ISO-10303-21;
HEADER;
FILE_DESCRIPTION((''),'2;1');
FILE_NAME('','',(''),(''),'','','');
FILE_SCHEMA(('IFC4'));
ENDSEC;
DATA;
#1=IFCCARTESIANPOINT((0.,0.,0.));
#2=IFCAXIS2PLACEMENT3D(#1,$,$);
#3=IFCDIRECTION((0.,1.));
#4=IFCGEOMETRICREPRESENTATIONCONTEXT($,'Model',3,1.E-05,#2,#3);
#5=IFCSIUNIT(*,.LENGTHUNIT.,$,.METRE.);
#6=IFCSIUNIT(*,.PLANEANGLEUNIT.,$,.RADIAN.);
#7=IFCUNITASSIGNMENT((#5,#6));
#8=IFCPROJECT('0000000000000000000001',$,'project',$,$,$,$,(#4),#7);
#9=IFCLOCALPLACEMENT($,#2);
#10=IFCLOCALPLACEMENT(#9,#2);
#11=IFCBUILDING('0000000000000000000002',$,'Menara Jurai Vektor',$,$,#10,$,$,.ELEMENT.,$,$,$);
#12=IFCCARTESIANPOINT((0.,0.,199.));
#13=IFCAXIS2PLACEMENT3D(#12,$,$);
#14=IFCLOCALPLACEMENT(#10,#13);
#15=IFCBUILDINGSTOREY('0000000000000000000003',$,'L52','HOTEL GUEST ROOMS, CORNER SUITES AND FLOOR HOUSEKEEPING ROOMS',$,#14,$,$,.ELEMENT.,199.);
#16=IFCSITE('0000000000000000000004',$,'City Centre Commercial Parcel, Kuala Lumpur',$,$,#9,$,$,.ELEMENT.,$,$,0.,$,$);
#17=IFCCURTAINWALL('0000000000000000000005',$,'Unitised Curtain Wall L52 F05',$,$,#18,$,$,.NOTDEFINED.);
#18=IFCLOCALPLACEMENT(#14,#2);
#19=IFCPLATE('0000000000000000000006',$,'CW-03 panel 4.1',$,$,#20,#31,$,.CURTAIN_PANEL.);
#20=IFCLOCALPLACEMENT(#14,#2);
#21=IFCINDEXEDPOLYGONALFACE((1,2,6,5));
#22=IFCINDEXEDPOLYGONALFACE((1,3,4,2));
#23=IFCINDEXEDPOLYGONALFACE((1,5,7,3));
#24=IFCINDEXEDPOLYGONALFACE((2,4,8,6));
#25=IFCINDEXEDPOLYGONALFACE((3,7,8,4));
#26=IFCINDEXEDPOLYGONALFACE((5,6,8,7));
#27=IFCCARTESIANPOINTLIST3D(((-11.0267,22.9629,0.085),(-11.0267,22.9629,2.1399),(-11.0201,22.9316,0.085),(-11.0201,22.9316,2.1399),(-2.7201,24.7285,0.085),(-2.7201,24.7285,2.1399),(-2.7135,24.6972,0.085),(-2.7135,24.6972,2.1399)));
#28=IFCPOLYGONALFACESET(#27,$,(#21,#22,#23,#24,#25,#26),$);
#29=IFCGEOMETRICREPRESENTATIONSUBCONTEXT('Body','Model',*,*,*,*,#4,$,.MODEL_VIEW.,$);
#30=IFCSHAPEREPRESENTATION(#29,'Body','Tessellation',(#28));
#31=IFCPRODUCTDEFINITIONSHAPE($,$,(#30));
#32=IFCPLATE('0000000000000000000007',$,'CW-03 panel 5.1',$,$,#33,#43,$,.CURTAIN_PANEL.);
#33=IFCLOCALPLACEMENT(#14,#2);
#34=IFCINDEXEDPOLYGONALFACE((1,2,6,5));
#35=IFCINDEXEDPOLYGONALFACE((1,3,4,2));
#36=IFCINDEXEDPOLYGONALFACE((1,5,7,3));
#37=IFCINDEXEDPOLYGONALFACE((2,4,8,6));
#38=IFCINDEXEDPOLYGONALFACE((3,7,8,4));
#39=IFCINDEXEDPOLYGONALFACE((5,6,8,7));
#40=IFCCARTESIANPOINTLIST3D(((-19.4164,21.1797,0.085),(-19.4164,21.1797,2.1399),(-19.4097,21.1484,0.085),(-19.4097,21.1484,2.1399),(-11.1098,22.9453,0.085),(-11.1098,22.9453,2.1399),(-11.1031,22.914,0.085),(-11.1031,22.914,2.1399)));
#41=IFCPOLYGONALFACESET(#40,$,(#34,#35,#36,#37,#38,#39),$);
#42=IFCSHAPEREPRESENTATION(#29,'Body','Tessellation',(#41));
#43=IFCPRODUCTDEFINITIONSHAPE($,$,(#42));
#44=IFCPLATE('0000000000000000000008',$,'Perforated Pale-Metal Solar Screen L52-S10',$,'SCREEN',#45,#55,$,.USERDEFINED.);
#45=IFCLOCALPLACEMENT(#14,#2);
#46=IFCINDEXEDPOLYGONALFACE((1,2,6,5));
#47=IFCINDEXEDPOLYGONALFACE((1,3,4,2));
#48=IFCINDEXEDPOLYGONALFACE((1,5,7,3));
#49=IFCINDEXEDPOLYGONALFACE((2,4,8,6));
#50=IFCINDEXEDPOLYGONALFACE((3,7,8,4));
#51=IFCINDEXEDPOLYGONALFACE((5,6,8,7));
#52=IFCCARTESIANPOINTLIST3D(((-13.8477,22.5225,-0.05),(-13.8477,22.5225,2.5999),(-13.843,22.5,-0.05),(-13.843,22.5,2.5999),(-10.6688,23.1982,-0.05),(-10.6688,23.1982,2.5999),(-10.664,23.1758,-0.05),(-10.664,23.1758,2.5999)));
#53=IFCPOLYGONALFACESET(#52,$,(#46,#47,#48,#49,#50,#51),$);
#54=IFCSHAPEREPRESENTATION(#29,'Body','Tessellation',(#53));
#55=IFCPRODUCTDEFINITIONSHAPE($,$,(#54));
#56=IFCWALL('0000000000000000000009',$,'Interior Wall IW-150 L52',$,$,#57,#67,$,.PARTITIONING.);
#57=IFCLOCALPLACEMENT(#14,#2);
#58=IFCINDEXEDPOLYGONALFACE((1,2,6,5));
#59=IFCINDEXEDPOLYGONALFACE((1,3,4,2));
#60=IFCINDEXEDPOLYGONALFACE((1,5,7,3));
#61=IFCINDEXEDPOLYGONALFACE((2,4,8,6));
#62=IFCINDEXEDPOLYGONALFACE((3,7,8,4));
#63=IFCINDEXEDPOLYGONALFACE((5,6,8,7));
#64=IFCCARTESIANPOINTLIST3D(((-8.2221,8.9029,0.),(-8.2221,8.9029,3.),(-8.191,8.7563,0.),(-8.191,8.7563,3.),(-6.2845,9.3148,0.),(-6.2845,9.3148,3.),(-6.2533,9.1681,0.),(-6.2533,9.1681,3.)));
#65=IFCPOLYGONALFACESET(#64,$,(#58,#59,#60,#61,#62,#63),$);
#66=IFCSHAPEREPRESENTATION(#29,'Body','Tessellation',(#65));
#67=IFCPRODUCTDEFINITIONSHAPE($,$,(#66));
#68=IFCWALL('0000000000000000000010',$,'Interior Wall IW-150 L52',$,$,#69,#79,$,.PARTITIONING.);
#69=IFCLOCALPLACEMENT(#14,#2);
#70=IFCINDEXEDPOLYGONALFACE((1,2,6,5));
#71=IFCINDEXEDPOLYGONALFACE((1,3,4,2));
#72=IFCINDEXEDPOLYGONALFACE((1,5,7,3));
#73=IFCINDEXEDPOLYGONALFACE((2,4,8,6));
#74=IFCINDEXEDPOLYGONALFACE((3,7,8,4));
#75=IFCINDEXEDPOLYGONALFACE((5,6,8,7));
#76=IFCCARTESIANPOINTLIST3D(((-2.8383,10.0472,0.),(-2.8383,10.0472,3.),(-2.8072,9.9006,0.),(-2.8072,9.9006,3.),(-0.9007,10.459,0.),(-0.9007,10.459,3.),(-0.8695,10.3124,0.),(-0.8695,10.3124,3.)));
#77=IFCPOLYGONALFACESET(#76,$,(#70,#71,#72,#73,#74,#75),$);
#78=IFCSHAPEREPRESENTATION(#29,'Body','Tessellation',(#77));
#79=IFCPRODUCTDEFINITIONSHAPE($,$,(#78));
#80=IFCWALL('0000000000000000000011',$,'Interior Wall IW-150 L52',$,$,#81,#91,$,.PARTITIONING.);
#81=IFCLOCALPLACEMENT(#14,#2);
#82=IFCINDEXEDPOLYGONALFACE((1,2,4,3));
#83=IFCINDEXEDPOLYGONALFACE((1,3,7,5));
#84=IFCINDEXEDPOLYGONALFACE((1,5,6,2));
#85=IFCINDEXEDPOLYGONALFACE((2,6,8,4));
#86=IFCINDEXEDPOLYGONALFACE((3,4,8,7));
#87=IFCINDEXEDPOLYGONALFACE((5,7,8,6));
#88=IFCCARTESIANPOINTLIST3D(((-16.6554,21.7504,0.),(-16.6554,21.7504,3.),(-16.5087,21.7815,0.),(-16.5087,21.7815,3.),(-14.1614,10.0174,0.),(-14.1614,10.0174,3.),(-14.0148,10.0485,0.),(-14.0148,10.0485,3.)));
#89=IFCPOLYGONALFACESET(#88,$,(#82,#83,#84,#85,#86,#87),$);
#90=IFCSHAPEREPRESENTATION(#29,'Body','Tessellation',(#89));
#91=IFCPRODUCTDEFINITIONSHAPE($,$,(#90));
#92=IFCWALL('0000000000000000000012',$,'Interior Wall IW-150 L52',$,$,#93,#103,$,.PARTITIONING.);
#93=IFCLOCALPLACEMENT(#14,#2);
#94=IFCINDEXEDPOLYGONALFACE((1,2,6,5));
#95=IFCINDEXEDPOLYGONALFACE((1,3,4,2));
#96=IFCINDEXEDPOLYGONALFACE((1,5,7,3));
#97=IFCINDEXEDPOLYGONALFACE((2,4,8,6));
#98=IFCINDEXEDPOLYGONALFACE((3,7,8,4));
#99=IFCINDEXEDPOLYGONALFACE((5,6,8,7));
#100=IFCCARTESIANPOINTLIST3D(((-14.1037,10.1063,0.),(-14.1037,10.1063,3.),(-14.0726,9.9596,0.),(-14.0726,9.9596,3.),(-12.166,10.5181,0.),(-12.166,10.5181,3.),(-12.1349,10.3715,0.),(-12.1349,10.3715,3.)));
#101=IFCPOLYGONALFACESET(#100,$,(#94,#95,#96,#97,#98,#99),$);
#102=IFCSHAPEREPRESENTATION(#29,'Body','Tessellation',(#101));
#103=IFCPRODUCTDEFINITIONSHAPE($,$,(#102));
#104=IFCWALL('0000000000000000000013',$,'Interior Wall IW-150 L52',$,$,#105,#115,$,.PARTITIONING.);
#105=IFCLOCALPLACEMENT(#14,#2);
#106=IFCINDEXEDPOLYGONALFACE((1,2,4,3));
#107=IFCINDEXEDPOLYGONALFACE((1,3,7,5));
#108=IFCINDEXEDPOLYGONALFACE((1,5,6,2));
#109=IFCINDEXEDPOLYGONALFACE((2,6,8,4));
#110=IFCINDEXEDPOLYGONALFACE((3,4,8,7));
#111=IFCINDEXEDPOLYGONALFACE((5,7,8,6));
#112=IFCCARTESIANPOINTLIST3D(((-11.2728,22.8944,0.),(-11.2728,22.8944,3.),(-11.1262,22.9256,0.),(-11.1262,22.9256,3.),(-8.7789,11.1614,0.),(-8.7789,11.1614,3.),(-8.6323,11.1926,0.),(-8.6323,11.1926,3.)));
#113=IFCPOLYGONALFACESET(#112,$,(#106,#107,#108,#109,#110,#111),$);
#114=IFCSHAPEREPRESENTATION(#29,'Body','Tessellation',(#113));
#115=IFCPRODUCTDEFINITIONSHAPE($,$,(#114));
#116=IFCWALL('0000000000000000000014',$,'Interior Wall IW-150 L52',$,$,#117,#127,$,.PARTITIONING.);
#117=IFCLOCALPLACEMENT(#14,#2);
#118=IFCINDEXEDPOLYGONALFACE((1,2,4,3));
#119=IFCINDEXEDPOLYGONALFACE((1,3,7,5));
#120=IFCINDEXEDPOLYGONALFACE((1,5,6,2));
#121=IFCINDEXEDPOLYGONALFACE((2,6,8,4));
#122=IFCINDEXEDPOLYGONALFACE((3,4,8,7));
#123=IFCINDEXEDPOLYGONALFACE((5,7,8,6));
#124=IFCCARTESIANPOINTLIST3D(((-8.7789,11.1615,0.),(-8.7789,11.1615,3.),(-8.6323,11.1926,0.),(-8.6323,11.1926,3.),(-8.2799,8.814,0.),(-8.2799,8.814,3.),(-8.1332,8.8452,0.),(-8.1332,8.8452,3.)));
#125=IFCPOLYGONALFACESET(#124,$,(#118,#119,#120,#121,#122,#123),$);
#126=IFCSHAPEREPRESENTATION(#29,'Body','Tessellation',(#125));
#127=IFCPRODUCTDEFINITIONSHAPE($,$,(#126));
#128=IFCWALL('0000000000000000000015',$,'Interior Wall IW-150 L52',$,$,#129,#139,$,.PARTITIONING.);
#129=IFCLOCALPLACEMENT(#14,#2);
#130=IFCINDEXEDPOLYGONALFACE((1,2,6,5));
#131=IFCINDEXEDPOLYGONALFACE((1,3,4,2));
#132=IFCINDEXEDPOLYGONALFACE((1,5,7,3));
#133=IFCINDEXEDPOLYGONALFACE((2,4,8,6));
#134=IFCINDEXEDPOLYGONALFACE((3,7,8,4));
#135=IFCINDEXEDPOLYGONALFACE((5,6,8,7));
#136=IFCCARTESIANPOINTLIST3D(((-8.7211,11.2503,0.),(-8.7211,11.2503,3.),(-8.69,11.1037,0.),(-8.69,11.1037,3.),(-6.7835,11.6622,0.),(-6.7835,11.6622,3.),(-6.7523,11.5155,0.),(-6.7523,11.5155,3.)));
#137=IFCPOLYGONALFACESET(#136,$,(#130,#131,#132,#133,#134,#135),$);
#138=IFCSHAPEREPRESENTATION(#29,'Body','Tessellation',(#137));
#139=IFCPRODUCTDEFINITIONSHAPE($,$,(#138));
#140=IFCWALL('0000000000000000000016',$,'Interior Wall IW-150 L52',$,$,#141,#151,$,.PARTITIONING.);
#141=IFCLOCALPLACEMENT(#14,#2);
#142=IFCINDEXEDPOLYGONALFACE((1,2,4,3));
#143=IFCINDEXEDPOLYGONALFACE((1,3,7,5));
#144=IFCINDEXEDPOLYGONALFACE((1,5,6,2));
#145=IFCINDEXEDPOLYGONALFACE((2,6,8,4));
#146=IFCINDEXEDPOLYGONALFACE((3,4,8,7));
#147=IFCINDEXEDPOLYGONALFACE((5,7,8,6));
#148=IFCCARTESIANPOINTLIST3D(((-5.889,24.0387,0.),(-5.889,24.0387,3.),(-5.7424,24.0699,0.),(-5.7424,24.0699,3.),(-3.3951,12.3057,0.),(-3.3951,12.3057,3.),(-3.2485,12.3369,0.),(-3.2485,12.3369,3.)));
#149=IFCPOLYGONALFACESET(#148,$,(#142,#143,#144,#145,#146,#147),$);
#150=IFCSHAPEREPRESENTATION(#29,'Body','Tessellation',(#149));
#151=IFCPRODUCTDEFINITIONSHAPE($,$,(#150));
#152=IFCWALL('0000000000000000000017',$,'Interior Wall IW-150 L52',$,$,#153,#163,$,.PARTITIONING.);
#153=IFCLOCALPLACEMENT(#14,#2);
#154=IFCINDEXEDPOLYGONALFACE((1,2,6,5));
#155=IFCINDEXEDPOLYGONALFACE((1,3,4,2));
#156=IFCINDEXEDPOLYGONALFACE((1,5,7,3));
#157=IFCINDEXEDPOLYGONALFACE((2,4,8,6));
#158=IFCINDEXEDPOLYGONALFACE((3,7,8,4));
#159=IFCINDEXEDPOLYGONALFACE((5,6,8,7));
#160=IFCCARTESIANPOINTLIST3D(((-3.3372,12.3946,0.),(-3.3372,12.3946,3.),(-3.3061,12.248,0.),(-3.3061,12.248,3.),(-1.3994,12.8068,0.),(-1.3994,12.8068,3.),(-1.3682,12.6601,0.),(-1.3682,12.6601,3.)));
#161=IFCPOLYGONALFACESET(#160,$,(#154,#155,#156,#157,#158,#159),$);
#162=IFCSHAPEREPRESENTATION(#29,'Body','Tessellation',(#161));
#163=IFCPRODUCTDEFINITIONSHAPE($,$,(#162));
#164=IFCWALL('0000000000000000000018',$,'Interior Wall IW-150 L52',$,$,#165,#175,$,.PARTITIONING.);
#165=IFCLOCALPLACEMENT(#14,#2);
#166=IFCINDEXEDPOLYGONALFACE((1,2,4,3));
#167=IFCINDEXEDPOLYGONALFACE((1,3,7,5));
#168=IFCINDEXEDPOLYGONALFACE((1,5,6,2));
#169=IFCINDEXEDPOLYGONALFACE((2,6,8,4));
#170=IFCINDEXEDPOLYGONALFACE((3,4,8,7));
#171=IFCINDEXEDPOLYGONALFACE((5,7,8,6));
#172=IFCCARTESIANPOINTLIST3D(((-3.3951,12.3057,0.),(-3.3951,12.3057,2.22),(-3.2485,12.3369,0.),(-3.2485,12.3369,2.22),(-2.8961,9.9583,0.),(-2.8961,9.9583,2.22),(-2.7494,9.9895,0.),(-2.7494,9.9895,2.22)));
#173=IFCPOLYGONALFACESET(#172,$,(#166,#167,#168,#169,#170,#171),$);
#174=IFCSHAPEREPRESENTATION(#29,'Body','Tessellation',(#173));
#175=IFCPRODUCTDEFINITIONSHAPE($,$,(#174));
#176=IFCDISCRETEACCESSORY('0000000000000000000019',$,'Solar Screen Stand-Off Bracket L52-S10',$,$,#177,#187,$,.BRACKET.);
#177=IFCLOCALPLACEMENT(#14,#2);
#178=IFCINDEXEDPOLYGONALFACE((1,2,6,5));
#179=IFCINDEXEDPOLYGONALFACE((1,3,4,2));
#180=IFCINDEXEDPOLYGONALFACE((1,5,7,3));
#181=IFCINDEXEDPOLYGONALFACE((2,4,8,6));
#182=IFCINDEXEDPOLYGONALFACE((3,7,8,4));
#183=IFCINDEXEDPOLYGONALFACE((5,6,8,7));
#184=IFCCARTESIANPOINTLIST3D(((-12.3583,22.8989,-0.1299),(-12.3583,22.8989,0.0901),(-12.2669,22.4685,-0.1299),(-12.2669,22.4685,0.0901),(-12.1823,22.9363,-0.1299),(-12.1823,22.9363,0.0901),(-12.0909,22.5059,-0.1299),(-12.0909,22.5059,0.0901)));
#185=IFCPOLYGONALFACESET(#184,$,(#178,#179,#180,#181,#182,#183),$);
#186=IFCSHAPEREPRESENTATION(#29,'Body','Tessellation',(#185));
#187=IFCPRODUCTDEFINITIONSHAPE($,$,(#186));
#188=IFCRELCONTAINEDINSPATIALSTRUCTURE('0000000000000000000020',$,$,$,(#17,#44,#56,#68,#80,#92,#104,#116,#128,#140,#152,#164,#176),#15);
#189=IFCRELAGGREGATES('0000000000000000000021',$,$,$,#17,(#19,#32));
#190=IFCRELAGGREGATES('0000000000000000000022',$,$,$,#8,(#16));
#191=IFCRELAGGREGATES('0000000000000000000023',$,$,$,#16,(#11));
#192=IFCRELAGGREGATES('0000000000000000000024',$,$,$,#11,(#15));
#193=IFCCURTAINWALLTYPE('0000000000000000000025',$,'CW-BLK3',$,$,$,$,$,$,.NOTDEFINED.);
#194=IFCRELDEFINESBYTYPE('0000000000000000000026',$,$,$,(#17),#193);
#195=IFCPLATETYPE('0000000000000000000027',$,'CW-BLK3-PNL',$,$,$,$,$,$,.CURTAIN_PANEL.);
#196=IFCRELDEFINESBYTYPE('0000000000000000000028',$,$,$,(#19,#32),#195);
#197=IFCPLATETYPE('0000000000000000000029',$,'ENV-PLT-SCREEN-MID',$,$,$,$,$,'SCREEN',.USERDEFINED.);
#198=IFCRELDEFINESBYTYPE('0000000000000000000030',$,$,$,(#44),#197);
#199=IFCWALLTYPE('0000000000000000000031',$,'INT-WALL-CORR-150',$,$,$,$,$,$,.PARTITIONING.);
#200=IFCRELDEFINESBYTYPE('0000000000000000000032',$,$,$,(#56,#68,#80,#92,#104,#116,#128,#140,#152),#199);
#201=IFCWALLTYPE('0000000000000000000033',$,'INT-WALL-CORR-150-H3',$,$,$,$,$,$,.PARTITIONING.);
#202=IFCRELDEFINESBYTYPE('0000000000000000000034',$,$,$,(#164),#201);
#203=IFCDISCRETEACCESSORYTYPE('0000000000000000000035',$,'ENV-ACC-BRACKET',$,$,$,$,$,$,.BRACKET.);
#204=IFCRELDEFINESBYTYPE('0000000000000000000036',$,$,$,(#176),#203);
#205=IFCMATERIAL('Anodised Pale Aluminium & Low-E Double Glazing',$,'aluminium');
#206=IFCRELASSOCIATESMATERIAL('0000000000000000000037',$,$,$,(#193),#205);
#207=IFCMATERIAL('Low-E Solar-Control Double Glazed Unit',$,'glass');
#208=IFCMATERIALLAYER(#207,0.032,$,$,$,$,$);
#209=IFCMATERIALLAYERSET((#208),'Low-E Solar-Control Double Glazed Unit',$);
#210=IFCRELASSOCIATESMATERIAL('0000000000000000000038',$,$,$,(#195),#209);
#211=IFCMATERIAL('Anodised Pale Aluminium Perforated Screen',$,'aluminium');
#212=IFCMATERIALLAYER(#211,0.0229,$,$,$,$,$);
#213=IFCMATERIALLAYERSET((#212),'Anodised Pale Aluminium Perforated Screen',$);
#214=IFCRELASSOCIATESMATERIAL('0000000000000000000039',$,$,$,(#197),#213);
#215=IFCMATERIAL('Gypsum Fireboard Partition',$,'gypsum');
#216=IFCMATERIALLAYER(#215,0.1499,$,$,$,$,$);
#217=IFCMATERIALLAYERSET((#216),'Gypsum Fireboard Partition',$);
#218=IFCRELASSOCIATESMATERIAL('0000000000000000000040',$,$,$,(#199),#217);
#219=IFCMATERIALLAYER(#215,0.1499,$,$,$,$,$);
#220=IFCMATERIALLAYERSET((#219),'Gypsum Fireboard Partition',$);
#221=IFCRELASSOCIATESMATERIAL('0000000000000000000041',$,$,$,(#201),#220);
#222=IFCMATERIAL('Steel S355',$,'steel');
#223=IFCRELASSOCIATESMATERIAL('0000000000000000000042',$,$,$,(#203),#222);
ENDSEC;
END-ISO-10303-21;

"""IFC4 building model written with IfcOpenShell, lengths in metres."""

from ifc_helpers import new_model, si_unit, direction, frame, frame_2d, origin, origin_2d, place, context, subcontext, project, spatial, rectangle, extrude, material, layer, layer_set, type_object, element, aggregate, save


model = new_model("IFC4")

# Units and contexts
model_context = context("Model", 3, precision=1e-05, world=origin(), true_north=direction((0.0, 1.0)))
body_context = subcontext(model_context, "Body", "Model", "MODEL_VIEW")
ifc_project = project(units=[si_unit("LENGTHUNIT", "METRE"), si_unit("PLANEANGLEUNIT", "RADIAN")], contexts=[model_context])

# Site, building, storey
site_placement = place(None, origin())
site = spatial("IfcSite", under=ifc_project, at=site_placement, Name="City Centre Commercial Parcel, Kuala Lumpur", CompositionType="ELEMENT", RefElevation=0.0)
building_placement = place(site_placement, origin())
building = spatial("IfcBuilding", under=site, at=building_placement, Name="Menara Jurai Vektor", CompositionType="ELEMENT")
storey_placement = place(building_placement, frame((0.0, 0.0, 199.0)))
storey = spatial("IfcBuildingStorey", under=building, at=storey_placement, Name="L52", Description="HOTEL GUEST ROOMS, CORNER SUITES AND FLOOR HOUSEKEEPING ROOMS", CompositionType="ELEMENT", Elevation=199.0)

# Curtain wall
ifc_material_1 = material(Name="Anodised Pale Aluminium & Low-E Double Glazing", Category="aluminium")
curtain_wall_type = type_object("IfcCurtainWallType", Name="CW-BLK3", PredefinedType="NOTDEFINED", material=ifc_material_1)
curtain_wall_placement = place(storey_placement, origin())
curtain_wall = element("IfcCurtainWall", 1, at=curtain_wall_placement, inside=storey, type_object=curtain_wall_type, Name="Unitised Curtain Wall L52 F05", PredefinedType="NOTDEFINED")

# Shared definitions
ifc_material_2 = material(Name="Steel S355", Category="steel")

# Plates
ifc_material_3 = material(Name="Low-E Solar-Control Double Glazed Unit", Category="glass")
ifc_layer_1 = layer(ifc_material_3, 0.032)
ifc_layer_set_1 = layer_set([ifc_layer_1], Name="Low-E Solar-Control Double Glazed Unit")
plate_type_1 = type_object("IfcPlateType", Name="CW-BLK3-PNL", PredefinedType="CURTAIN_PANEL", material=ifc_layer_set_1)
plate_1_placement = place(storey_placement, frame((-6.8701, 23.8301, 0.085), z_axis=(0.0, 0.0, 1.0), x_axis=(-0.978148, -0.207911, 0.0)))
plate_1 = element("IfcPlate", 2, at=plate_1_placement, type_object=plate_type_1, Name="CW-03 panel 4.1", PredefinedType="CURTAIN_PANEL", context=body_context, shape_type="SweptSolid", body=[
    extrude(rectangle(XDim=8.4922, YDim=0.032, at=origin_2d()), origin(), (0.0, 0.0, 1.0), 2.0549),
])
plate_2_placement = place(storey_placement, frame((-15.2598, 22.0469, 0.085), z_axis=(0.0, 0.0, 1.0), x_axis=(-0.978148, -0.207911, 0.0)))
plate_2 = element("IfcPlate", 3, at=plate_2_placement, type_object=plate_type_1, Name="CW-03 panel 5.1", PredefinedType="CURTAIN_PANEL", context=body_context, shape_type="SweptSolid", body=[
    extrude(rectangle(XDim=8.4922, YDim=0.032, at=origin_2d()), origin(), (0.0, 0.0, 1.0), 2.0549),
])
aggregate(curtain_wall, [plate_1, plate_2])
ifc_material_4 = material(Name="Anodised Pale Aluminium Perforated Screen", Category="aluminium")
ifc_layer_2 = layer(ifc_material_4, 0.0229)
ifc_layer_set_2 = layer_set([ifc_layer_2], Name="Anodised Pale Aluminium Perforated Screen")
plate_type_2 = type_object("IfcPlateType", Name="ENV-PLT-SCREEN-MID", ElementType="SCREEN", PredefinedType="USERDEFINED", material=ifc_layer_set_2)
plate_3_placement = place(storey_placement, frame((-12.2559, 22.8491, -0.05), z_axis=(0.0, 0.0, 1.0), x_axis=(-0.978148, -0.207912, 0.0)))
element("IfcPlate", 4, at=plate_3_placement, inside=storey, type_object=plate_type_2, Name="Perforated Pale-Metal Solar Screen L52-S10", ObjectType="SCREEN", PredefinedType="USERDEFINED", context=body_context, shape_type="SweptSolid", body=[
    extrude(rectangle(XDim=3.25, YDim=0.0229, at=origin_2d()), origin(), (0.0, 0.0, 1.0), 2.6499),
])

# Shared definitions
ifc_material_5 = material(Name="Gypsum Fireboard Partition", Category="gypsum")
ifc_layer_3 = layer(ifc_material_5, 0.1499)
ifc_layer_set_3 = layer_set([ifc_layer_3], Name="Gypsum Fireboard Partition")
wall_type_1 = type_object("IfcWallType", Name="INT-WALL-CORR-150", PredefinedType="PARTITIONING", material=ifc_layer_set_3)

# Wall
wall_1_placement = place(storey_placement, frame((-8.2065, 8.8296, 0.0), z_axis=(0.0, 0.0, 1.0), x_axis=(0.978149, 0.207904, 0.0)))
element("IfcWall", 5, at=wall_1_placement, inside=storey, type_object=wall_type_1, Name="Interior Wall IW-150 L52", PredefinedType="PARTITIONING", context=body_context, shape_type="SweptSolid", body=[
    extrude(rectangle(XDim=1.981, YDim=0.1499, at=frame_2d((0.9905, 0.0))), origin(), (0.0, 0.0, 1.0), 3.0),
])

# Walls
wall_2_placement = place(storey_placement, frame((-2.8228, 9.9739, 0.0), z_axis=(0.0, 0.0, 1.0), x_axis=(0.978149, 0.207904, 0.0)))
element("IfcWall", 6, at=wall_2_placement, inside=storey, type_object=wall_type_1, Name="Interior Wall IW-150 L52", PredefinedType="PARTITIONING", context=body_context, shape_type="SweptSolid", body=[
    extrude(rectangle(XDim=1.981, YDim=0.1499, at=frame_2d((0.9905, 0.0))), origin(), (0.0, 0.0, 1.0), 3.0),
])
wall_3_placement = place(storey_placement, frame((-14.0881, 10.033, 0.0), z_axis=(0.0, 0.0, 1.0), x_axis=(-0.207911, 0.978148, 0.0)))
element("IfcWall", 7, at=wall_3_placement, inside=storey, type_object=wall_type_1, Name="Interior Wall IW-150 L52", PredefinedType="PARTITIONING", context=body_context, shape_type="SweptSolid", body=[
    extrude(rectangle(XDim=11.9951, YDim=0.1499, at=frame_2d((5.9976, 0.0))), origin(), (0.0, 0.0, 1.0), 3.0),
])
wall_4_placement = place(storey_placement, frame((-14.0881, 10.033, 0.0), z_axis=(0.0, 0.0, 1.0), x_axis=(0.978149, 0.207904, 0.0)))
element("IfcWall", 8, at=wall_4_placement, inside=storey, type_object=wall_type_1, Name="Interior Wall IW-150 L52", PredefinedType="PARTITIONING", context=body_context, shape_type="SweptSolid", body=[
    extrude(rectangle(XDim=1.981, YDim=0.1499, at=frame_2d((0.9905, 0.0))), origin(), (0.0, 0.0, 1.0), 3.0),
])
wall_5_placement = place(storey_placement, frame((-8.7056, 11.177, 0.0), z_axis=(0.0, 0.0, 1.0), x_axis=(-0.207911, 0.978148, 0.0)))
element("IfcWall", 9, at=wall_5_placement, inside=storey, type_object=wall_type_1, Name="Interior Wall IW-150 L52", PredefinedType="PARTITIONING", context=body_context, shape_type="SweptSolid", body=[
    extrude(rectangle(XDim=11.9951, YDim=0.1499, at=frame_2d((5.9976, 0.0))), origin(), (0.0, 0.0, 1.0), 3.0),
])
wall_6_placement = place(storey_placement, frame((-8.2065, 8.8296, 0.0), z_axis=(0.0, 0.0, 1.0), x_axis=(-0.207938, 0.978142, 0.0)))
element("IfcWall", 10, at=wall_6_placement, inside=storey, type_object=wall_type_1, Name="Interior Wall IW-150 L52", PredefinedType="PARTITIONING", context=body_context, shape_type="SweptSolid", body=[
    extrude(rectangle(XDim=2.3999, YDim=0.1499, at=frame_2d((1.2, 0.0))), origin(), (0.0, 0.0, 1.0), 3.0),
])
wall_7_placement = place(storey_placement, frame((-8.7056, 11.177, 0.0), z_axis=(0.0, 0.0, 1.0), x_axis=(0.978149, 0.207904, 0.0)))
element("IfcWall", 11, at=wall_7_placement, inside=storey, type_object=wall_type_1, Name="Interior Wall IW-150 L52", PredefinedType="PARTITIONING", context=body_context, shape_type="SweptSolid", body=[
    extrude(rectangle(XDim=1.981, YDim=0.1499, at=frame_2d((0.9905, 0.0))), origin(), (0.0, 0.0, 1.0), 3.0),
])

# Walls
wall_8_placement = place(storey_placement, frame((-3.3218, 12.3213, 0.0), z_axis=(0.0, 0.0, 1.0), x_axis=(-0.207911, 0.978148, 0.0)))
element("IfcWall", 12, at=wall_8_placement, inside=storey, type_object=wall_type_1, Name="Interior Wall IW-150 L52", PredefinedType="PARTITIONING", context=body_context, shape_type="SweptSolid", body=[
    extrude(rectangle(XDim=11.9951, YDim=0.1499, at=frame_2d((5.9976, 0.0))), origin(), (0.0, 0.0, 1.0), 3.0),
])
wall_9_placement = place(storey_placement, frame((-3.3218, 12.3213, 0.0), z_axis=(0.0, 0.0, 1.0), x_axis=(0.978124, 0.208022, 0.0)))
element("IfcWall", 13, at=wall_9_placement, inside=storey, type_object=wall_type_1, Name="Interior Wall IW-150 L52", PredefinedType="PARTITIONING", context=body_context, shape_type="SweptSolid", body=[
    extrude(rectangle(XDim=1.9812, YDim=0.1499, at=frame_2d((0.9907, 0.0))), origin(), (0.0, 0.0, 1.0), 3.0),
])

# Wall
ifc_layer_4 = layer(ifc_material_5, 0.1499)
ifc_layer_set_4 = layer_set([ifc_layer_4], Name="Gypsum Fireboard Partition")
wall_type_2 = type_object("IfcWallType", Name="INT-WALL-CORR-150-H3", PredefinedType="PARTITIONING", material=ifc_layer_set_4)
wall_10_placement = place(storey_placement, frame((-2.8228, 9.9739, 0.0), z_axis=(0.0, 0.0, 1.0), x_axis=(-0.207938, 0.978142, 0.0)))
element("IfcWall", 14, at=wall_10_placement, inside=storey, type_object=wall_type_2, Name="Interior Wall IW-150 L52", PredefinedType="PARTITIONING", context=body_context, shape_type="SweptSolid", body=[
    extrude(rectangle(XDim=2.3999, YDim=0.1499, at=frame_2d((1.2, 0.0))), origin(), (0.0, 0.0, 1.0), 2.22),
])

# Discrete accessory
discrete_accessory_type = type_object("IfcDiscreteAccessoryType", Name="ENV-ACC-BRACKET", PredefinedType="BRACKET", material=ifc_material_2)
discrete_accessory_placement = place(storey_placement, frame((-12.2246, 22.7024, -0.1299), z_axis=(0.0, 0.0, 1.0), x_axis=(-0.978148, -0.207912, 0.0)))
element("IfcDiscreteAccessory", 15, at=discrete_accessory_placement, inside=storey, type_object=discrete_accessory_type, Name="Solar Screen Stand-Off Bracket L52-S10", PredefinedType="BRACKET", context=body_context, shape_type="SweptSolid", body=[
    extrude(rectangle(XDim=0.1799, YDim=0.4399, at=origin_2d()), origin(), (0.0, 0.0, 1.0), 0.22),
])

save(model, "model.ifc")
